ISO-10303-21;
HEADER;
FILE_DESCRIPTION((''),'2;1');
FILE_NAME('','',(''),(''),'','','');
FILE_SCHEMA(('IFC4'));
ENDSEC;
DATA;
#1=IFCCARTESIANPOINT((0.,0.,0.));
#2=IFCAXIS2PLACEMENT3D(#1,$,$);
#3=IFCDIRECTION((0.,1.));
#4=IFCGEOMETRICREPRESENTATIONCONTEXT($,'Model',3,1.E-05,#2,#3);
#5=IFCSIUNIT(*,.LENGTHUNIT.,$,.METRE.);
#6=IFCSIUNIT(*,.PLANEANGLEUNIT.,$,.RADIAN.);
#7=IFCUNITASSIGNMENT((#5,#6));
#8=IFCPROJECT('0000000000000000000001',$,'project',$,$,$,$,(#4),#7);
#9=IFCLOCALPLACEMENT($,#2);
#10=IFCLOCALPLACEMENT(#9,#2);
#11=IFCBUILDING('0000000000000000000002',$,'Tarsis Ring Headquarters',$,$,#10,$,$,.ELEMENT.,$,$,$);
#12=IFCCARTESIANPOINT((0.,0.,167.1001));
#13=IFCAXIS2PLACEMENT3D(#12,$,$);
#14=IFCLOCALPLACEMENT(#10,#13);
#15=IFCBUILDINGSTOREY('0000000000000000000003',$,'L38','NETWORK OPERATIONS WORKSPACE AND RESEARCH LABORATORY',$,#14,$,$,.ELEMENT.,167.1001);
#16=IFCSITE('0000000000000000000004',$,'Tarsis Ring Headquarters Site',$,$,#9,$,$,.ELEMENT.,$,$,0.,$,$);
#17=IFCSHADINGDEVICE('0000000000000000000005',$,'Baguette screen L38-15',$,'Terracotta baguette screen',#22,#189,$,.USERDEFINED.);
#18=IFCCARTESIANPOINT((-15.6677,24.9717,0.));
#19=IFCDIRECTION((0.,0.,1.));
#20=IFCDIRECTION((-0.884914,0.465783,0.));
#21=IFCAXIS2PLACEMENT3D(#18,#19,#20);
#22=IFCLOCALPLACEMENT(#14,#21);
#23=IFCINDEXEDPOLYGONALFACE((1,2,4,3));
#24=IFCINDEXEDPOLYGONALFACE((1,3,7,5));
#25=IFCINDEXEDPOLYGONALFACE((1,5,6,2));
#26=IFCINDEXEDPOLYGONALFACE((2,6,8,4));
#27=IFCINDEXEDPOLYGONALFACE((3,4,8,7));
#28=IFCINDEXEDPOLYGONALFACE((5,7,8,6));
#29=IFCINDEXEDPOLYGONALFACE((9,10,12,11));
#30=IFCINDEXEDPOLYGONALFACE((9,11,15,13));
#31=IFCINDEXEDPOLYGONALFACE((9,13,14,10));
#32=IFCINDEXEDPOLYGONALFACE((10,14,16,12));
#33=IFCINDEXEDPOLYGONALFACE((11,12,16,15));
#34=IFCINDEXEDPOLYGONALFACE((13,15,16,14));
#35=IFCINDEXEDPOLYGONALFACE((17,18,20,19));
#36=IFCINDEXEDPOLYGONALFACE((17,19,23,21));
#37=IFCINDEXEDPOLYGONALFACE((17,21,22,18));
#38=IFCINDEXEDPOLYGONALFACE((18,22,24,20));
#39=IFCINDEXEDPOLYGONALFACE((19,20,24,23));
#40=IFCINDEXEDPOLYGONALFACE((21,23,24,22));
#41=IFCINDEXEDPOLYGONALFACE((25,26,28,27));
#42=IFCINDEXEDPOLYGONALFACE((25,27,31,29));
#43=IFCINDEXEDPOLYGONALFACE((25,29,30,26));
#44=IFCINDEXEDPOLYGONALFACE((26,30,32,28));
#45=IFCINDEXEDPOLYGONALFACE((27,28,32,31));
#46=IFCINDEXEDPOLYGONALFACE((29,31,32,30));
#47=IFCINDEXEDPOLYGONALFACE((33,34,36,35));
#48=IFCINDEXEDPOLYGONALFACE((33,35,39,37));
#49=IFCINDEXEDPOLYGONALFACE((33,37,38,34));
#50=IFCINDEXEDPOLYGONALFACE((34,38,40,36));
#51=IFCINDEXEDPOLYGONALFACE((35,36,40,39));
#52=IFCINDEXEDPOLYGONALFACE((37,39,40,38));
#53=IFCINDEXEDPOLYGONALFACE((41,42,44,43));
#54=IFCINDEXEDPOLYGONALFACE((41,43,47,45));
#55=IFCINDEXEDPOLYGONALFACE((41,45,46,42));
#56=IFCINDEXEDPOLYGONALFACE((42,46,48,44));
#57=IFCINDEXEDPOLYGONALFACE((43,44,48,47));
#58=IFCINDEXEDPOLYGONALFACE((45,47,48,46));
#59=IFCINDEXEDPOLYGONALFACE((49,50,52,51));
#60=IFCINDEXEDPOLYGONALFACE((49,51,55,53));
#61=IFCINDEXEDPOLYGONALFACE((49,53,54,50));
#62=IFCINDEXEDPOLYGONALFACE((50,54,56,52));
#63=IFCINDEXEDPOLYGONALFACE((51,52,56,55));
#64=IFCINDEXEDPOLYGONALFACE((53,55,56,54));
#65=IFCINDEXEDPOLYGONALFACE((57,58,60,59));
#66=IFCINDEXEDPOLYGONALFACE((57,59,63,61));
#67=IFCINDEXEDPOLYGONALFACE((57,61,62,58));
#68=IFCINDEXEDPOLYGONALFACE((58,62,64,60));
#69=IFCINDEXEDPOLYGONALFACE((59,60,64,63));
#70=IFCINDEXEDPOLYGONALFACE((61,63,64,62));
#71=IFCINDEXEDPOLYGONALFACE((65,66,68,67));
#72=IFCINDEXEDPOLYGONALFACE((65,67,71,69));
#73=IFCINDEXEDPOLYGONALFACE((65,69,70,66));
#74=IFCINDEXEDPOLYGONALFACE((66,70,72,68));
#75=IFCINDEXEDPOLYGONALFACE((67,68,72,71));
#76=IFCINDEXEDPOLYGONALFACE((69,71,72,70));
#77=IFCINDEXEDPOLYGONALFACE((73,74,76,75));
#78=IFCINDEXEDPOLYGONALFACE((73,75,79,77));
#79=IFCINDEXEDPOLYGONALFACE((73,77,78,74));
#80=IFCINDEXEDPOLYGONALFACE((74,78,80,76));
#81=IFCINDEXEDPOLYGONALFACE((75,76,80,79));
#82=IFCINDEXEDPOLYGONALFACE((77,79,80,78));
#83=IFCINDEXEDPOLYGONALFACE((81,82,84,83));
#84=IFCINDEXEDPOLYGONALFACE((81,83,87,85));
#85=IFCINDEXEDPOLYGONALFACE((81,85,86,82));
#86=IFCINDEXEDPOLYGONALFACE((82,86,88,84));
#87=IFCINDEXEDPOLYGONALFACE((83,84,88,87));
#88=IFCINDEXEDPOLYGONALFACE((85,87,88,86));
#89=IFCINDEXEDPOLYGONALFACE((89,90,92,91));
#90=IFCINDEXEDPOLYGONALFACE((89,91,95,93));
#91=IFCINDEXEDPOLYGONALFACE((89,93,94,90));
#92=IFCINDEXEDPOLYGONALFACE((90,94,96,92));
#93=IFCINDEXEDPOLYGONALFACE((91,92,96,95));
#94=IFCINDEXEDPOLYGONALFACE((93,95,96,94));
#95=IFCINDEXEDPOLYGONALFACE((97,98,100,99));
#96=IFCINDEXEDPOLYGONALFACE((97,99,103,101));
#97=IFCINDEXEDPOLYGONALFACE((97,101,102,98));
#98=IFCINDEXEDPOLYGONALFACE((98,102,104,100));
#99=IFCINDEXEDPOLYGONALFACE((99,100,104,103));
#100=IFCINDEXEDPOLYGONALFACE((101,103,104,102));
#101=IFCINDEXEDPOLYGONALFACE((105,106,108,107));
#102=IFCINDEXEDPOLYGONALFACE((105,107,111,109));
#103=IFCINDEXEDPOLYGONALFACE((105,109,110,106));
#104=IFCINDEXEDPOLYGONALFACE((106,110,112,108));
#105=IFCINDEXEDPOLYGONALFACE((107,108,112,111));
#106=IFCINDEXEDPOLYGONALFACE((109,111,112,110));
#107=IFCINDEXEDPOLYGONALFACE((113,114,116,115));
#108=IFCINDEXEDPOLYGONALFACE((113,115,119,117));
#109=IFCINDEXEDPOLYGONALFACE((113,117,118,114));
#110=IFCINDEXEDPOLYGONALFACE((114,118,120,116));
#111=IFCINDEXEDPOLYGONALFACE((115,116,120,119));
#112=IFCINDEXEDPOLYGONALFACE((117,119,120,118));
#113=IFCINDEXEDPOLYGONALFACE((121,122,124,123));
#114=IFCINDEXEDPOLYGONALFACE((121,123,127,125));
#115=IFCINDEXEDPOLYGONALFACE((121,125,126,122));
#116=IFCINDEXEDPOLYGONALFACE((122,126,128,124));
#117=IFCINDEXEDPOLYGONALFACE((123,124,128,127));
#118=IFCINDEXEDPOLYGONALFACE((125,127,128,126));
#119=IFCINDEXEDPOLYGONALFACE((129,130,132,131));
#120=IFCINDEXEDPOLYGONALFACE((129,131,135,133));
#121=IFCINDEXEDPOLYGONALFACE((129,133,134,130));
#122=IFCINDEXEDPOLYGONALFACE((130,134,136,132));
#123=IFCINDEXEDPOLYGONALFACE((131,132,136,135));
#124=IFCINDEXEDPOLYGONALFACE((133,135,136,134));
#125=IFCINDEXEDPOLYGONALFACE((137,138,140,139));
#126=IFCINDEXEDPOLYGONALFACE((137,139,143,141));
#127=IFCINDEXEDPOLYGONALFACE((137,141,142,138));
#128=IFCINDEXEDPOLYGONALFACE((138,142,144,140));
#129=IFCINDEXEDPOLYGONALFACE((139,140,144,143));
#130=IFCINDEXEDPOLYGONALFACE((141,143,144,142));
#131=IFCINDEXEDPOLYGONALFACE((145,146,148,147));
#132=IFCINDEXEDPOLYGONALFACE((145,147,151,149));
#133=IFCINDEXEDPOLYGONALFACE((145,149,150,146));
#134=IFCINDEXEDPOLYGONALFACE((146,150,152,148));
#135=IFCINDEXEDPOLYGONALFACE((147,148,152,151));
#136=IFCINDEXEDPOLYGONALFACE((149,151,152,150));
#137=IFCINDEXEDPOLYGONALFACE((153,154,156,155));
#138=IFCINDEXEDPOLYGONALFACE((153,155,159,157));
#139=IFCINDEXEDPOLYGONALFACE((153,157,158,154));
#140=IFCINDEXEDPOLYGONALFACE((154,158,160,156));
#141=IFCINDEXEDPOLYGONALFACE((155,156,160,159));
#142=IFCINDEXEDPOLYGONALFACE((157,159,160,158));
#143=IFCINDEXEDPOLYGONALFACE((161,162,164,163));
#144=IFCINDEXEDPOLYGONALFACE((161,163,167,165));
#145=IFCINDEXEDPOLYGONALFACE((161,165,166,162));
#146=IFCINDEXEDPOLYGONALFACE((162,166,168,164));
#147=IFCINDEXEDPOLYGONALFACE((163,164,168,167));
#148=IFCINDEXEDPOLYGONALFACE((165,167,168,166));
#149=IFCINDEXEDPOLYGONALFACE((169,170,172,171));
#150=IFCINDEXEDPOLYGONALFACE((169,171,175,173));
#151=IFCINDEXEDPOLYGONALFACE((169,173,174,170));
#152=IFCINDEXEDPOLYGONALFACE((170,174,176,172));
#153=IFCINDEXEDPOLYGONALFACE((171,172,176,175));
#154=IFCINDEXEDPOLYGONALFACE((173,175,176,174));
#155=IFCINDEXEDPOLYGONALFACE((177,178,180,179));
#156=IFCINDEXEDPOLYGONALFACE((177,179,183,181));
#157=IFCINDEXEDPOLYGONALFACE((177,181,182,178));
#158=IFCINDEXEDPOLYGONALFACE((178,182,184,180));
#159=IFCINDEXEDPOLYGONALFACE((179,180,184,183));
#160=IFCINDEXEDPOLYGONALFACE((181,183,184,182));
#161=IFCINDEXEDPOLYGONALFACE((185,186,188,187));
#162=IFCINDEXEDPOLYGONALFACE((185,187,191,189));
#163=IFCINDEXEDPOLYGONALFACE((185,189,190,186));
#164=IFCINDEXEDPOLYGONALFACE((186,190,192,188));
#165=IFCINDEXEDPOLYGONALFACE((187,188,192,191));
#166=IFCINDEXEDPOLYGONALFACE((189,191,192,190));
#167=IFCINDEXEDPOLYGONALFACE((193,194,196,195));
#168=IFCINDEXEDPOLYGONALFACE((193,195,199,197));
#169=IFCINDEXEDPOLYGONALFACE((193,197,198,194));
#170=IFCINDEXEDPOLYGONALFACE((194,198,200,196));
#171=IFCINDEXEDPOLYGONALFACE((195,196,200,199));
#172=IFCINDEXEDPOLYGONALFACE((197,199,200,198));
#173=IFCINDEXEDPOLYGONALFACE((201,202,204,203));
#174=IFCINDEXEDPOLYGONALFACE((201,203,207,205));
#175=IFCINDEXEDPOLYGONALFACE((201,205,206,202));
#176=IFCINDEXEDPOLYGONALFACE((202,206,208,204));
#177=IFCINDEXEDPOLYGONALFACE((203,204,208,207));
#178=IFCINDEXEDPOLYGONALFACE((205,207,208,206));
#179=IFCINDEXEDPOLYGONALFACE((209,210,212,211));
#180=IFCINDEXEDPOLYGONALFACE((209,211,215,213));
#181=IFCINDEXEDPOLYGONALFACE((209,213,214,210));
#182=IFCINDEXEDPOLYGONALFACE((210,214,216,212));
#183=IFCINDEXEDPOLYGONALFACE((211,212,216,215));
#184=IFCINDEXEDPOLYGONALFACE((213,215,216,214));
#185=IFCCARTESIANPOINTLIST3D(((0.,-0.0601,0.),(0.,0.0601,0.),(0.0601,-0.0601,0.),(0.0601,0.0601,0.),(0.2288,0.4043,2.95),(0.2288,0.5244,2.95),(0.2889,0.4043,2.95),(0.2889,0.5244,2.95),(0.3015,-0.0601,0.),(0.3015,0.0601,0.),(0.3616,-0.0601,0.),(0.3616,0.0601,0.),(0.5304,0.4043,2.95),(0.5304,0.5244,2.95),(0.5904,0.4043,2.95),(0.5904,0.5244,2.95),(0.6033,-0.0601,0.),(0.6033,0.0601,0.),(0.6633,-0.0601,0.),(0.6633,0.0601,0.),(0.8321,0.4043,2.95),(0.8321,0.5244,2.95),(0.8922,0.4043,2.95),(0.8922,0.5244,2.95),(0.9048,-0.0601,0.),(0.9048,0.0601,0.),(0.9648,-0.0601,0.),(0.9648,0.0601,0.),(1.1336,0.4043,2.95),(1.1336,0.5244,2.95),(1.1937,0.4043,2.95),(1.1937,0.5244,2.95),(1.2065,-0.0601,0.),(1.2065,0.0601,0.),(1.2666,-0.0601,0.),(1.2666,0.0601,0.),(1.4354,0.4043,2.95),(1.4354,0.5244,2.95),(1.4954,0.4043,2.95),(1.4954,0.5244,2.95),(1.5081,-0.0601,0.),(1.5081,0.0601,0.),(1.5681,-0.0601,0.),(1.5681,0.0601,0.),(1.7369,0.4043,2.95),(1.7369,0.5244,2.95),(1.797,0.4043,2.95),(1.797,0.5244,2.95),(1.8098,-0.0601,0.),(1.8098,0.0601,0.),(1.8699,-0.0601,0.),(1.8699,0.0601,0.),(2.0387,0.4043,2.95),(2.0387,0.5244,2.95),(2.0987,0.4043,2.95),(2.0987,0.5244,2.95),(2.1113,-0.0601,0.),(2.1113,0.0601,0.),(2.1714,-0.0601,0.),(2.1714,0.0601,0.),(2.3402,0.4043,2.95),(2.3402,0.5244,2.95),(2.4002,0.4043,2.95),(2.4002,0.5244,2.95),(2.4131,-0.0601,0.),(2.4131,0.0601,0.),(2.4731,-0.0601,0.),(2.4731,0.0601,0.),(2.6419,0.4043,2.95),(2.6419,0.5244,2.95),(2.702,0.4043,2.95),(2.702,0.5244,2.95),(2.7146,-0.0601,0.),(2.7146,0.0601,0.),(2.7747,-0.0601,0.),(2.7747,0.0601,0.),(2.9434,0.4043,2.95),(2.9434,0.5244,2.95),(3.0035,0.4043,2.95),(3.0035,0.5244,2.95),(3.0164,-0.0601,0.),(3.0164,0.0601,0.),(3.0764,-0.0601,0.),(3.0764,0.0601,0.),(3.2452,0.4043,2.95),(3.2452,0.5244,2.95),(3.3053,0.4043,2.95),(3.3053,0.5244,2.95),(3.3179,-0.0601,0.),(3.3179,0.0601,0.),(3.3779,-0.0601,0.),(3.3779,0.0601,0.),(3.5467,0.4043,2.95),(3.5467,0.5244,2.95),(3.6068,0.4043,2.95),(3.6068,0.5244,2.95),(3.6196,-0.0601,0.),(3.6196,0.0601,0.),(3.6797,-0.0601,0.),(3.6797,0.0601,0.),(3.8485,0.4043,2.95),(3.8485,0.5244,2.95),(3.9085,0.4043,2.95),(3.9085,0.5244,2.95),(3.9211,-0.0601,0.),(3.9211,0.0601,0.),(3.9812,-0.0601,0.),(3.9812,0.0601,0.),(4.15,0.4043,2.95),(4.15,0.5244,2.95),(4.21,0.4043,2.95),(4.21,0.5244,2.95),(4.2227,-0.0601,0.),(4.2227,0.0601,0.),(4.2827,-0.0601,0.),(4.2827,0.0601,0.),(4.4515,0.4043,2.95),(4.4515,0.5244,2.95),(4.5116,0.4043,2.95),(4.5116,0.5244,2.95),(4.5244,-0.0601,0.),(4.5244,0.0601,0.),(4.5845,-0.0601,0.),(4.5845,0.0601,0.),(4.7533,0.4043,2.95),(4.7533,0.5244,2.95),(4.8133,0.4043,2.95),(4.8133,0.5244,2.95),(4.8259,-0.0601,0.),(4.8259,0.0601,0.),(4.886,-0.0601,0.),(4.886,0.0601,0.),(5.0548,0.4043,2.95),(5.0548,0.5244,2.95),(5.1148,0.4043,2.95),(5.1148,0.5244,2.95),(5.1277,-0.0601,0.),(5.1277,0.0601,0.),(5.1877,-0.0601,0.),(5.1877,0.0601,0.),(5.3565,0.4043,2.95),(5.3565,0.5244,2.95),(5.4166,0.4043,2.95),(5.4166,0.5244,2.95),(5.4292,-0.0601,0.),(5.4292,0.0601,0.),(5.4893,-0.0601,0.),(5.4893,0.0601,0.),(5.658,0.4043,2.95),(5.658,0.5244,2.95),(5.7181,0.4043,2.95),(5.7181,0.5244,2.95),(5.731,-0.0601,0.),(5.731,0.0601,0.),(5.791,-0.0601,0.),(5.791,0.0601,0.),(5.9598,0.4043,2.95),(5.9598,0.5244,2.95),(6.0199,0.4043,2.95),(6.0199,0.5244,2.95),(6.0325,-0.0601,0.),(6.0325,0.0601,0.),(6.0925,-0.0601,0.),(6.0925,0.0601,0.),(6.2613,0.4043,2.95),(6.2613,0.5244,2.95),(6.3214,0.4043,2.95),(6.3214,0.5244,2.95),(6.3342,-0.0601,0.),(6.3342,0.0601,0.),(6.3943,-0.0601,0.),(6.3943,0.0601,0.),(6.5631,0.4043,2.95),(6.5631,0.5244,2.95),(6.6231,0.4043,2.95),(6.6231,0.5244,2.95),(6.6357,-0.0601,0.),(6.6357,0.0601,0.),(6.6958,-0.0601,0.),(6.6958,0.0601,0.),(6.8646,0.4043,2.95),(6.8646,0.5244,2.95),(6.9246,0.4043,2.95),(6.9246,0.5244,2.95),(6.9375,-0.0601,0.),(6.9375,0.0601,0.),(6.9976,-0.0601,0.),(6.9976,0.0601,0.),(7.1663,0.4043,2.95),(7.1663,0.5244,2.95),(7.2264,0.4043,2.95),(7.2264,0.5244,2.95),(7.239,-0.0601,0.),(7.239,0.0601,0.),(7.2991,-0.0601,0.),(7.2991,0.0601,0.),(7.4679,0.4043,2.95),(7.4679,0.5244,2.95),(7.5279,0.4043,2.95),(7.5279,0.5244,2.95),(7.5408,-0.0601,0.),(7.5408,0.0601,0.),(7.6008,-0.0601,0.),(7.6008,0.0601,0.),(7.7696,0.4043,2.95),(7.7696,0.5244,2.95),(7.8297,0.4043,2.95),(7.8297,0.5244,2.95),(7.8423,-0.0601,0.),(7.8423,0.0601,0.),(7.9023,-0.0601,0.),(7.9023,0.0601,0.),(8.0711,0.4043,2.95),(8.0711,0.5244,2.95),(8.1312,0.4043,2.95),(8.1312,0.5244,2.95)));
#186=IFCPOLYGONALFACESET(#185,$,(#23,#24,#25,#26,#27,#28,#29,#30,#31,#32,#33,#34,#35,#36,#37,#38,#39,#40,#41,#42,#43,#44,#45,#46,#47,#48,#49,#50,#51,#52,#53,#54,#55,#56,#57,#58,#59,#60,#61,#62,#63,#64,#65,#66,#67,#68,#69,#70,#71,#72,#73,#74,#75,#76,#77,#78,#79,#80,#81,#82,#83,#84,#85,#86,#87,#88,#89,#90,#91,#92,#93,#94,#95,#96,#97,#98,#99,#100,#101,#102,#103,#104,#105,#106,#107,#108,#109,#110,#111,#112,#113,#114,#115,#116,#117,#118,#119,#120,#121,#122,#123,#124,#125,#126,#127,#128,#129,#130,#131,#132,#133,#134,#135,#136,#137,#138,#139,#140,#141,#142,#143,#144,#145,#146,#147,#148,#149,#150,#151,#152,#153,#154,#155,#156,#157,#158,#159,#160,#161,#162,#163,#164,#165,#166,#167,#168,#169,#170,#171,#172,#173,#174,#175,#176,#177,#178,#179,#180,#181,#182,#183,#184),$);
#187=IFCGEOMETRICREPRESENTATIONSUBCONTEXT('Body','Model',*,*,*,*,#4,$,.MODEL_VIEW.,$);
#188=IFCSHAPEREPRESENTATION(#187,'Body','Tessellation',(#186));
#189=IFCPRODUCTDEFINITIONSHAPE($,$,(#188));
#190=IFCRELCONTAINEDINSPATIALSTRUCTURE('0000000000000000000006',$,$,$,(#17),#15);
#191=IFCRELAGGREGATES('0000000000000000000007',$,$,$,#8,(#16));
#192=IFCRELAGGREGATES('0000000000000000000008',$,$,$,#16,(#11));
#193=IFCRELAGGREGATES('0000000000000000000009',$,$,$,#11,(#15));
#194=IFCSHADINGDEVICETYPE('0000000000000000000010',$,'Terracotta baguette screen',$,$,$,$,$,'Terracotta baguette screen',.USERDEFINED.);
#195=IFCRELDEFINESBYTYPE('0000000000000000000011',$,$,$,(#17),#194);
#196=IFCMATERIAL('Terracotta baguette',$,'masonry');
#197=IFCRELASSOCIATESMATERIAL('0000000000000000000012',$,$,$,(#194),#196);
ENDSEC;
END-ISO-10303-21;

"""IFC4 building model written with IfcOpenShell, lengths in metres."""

from ifc_helpers import new_model, si_unit, direction, frame, frame_2d, origin, place, context, subcontext, project, spatial, rectangle, composite_profile, extrude, material, type_object, element, save


model = new_model("IFC4")

# Units and contexts
model_context = context("Model", 3, precision=1e-05, world=origin(), true_north=direction((0.0, 1.0)))
body_context = subcontext(model_context, "Body", "Model", "MODEL_VIEW")
ifc_project = project(units=[si_unit("LENGTHUNIT", "METRE"), si_unit("PLANEANGLEUNIT", "RADIAN")], contexts=[model_context])

# Site, building, storey
site_placement = place(None, origin())
site = spatial("IfcSite", under=ifc_project, at=site_placement, Name="Tarsis Ring Headquarters Site", CompositionType="ELEMENT", RefElevation=0.0)
building_placement = place(site_placement, origin())
building = spatial("IfcBuilding", under=site, at=building_placement, Name="Tarsis Ring Headquarters", CompositionType="ELEMENT")
storey_placement = place(building_placement, frame((0.0, 0.0, 167.1001)))
storey = spatial("IfcBuildingStorey", under=building, at=storey_placement, Name="L38", Description="NETWORK OPERATIONS WORKSPACE AND RESEARCH LABORATORY", CompositionType="ELEMENT", Elevation=167.1001)

# Shading device
ifc_material_1 = material(Name="Terracotta baguette", Category="masonry")
shading_device_type = type_object("IfcShadingDeviceType", Name="Terracotta baguette screen", ElementType="Terracotta baguette screen", PredefinedType="USERDEFINED", material=ifc_material_1)
shading_device_placement = place(storey_placement, frame((-15.6677, 24.9717, 0.0), z_axis=(0.0, 0.0, 1.0), x_axis=(-0.884914, 0.465783, 0.0)))
element("IfcShadingDevice", 1, at=shading_device_placement, inside=storey, type_object=shading_device_type, Name="Baguette screen L38-15", ObjectType="Terracotta baguette screen", PredefinedType="USERDEFINED", context=body_context, shape_type="SweptSolid", body=[
    extrude(composite_profile([rectangle(XDim=0.0601, YDim=0.1201, at=frame_2d((0.03, 0.0))), rectangle(XDim=0.0601, YDim=0.1201, at=frame_2d((0.3315, 0.0))), rectangle(XDim=0.0601, YDim=0.1201, at=frame_2d((0.6333, 0.0))), rectangle(XDim=0.0601, YDim=0.1201, at=frame_2d((0.9348, 0.0))), rectangle(XDim=0.0601, YDim=0.1201, at=frame_2d((1.2366, 0.0))), rectangle(XDim=0.0601, YDim=0.1201, at=frame_2d((1.5381, 0.0))), rectangle(XDim=0.0601, YDim=0.1201, at=frame_2d((1.8398, 0.0))), rectangle(XDim=0.0601, YDim=0.1201, at=frame_2d((2.1414, 0.0))), rectangle(XDim=0.0601, YDim=0.1201, at=frame_2d((2.4431, 0.0))), rectangle(XDim=0.0601, YDim=0.1201, at=frame_2d((2.7446, 0.0))), rectangle(XDim=0.0601, YDim=0.1201, at=frame_2d((3.0464, 0.0))), rectangle(XDim=0.0601, YDim=0.1201, at=frame_2d((3.3479, 0.0))), rectangle(XDim=0.0601, YDim=0.1201, at=frame_2d((3.6497, 0.0))), rectangle(XDim=0.0601, YDim=0.1201, at=frame_2d((3.9512, 0.0))), rectangle(XDim=0.0601, YDim=0.1201, at=frame_2d((4.2527, 0.0))), rectangle(XDim=0.0601, YDim=0.1201, at=frame_2d((4.5544, 0.0))), rectangle(XDim=0.0601, YDim=0.1201, at=frame_2d((4.856, 0.0))), rectangle(XDim=0.0601, YDim=0.1201, at=frame_2d((5.1577, 0.0))), rectangle(XDim=0.0601, YDim=0.1201, at=frame_2d((5.4592, 0.0))), rectangle(XDim=0.0601, YDim=0.1201, at=frame_2d((5.761, 0.0))), rectangle(XDim=0.0601, YDim=0.1201, at=frame_2d((6.0625, 0.0))), rectangle(XDim=0.0601, YDim=0.1201, at=frame_2d((6.3643, 0.0))), rectangle(XDim=0.0601, YDim=0.1201, at=frame_2d((6.6658, 0.0))), rectangle(XDim=0.0601, YDim=0.1201, at=frame_2d((6.9675, 0.0))), rectangle(XDim=0.0601, YDim=0.1201, at=frame_2d((7.269, 0.0))), rectangle(XDim=0.0601, YDim=0.1201, at=frame_2d((7.5708, 0.0))), rectangle(XDim=0.0601, YDim=0.1201, at=frame_2d((7.8723, 0.0)))]), origin(), (0.076405, 0.155044, 0.984949), 2.9951),
])

save(model, "model.ifc")
